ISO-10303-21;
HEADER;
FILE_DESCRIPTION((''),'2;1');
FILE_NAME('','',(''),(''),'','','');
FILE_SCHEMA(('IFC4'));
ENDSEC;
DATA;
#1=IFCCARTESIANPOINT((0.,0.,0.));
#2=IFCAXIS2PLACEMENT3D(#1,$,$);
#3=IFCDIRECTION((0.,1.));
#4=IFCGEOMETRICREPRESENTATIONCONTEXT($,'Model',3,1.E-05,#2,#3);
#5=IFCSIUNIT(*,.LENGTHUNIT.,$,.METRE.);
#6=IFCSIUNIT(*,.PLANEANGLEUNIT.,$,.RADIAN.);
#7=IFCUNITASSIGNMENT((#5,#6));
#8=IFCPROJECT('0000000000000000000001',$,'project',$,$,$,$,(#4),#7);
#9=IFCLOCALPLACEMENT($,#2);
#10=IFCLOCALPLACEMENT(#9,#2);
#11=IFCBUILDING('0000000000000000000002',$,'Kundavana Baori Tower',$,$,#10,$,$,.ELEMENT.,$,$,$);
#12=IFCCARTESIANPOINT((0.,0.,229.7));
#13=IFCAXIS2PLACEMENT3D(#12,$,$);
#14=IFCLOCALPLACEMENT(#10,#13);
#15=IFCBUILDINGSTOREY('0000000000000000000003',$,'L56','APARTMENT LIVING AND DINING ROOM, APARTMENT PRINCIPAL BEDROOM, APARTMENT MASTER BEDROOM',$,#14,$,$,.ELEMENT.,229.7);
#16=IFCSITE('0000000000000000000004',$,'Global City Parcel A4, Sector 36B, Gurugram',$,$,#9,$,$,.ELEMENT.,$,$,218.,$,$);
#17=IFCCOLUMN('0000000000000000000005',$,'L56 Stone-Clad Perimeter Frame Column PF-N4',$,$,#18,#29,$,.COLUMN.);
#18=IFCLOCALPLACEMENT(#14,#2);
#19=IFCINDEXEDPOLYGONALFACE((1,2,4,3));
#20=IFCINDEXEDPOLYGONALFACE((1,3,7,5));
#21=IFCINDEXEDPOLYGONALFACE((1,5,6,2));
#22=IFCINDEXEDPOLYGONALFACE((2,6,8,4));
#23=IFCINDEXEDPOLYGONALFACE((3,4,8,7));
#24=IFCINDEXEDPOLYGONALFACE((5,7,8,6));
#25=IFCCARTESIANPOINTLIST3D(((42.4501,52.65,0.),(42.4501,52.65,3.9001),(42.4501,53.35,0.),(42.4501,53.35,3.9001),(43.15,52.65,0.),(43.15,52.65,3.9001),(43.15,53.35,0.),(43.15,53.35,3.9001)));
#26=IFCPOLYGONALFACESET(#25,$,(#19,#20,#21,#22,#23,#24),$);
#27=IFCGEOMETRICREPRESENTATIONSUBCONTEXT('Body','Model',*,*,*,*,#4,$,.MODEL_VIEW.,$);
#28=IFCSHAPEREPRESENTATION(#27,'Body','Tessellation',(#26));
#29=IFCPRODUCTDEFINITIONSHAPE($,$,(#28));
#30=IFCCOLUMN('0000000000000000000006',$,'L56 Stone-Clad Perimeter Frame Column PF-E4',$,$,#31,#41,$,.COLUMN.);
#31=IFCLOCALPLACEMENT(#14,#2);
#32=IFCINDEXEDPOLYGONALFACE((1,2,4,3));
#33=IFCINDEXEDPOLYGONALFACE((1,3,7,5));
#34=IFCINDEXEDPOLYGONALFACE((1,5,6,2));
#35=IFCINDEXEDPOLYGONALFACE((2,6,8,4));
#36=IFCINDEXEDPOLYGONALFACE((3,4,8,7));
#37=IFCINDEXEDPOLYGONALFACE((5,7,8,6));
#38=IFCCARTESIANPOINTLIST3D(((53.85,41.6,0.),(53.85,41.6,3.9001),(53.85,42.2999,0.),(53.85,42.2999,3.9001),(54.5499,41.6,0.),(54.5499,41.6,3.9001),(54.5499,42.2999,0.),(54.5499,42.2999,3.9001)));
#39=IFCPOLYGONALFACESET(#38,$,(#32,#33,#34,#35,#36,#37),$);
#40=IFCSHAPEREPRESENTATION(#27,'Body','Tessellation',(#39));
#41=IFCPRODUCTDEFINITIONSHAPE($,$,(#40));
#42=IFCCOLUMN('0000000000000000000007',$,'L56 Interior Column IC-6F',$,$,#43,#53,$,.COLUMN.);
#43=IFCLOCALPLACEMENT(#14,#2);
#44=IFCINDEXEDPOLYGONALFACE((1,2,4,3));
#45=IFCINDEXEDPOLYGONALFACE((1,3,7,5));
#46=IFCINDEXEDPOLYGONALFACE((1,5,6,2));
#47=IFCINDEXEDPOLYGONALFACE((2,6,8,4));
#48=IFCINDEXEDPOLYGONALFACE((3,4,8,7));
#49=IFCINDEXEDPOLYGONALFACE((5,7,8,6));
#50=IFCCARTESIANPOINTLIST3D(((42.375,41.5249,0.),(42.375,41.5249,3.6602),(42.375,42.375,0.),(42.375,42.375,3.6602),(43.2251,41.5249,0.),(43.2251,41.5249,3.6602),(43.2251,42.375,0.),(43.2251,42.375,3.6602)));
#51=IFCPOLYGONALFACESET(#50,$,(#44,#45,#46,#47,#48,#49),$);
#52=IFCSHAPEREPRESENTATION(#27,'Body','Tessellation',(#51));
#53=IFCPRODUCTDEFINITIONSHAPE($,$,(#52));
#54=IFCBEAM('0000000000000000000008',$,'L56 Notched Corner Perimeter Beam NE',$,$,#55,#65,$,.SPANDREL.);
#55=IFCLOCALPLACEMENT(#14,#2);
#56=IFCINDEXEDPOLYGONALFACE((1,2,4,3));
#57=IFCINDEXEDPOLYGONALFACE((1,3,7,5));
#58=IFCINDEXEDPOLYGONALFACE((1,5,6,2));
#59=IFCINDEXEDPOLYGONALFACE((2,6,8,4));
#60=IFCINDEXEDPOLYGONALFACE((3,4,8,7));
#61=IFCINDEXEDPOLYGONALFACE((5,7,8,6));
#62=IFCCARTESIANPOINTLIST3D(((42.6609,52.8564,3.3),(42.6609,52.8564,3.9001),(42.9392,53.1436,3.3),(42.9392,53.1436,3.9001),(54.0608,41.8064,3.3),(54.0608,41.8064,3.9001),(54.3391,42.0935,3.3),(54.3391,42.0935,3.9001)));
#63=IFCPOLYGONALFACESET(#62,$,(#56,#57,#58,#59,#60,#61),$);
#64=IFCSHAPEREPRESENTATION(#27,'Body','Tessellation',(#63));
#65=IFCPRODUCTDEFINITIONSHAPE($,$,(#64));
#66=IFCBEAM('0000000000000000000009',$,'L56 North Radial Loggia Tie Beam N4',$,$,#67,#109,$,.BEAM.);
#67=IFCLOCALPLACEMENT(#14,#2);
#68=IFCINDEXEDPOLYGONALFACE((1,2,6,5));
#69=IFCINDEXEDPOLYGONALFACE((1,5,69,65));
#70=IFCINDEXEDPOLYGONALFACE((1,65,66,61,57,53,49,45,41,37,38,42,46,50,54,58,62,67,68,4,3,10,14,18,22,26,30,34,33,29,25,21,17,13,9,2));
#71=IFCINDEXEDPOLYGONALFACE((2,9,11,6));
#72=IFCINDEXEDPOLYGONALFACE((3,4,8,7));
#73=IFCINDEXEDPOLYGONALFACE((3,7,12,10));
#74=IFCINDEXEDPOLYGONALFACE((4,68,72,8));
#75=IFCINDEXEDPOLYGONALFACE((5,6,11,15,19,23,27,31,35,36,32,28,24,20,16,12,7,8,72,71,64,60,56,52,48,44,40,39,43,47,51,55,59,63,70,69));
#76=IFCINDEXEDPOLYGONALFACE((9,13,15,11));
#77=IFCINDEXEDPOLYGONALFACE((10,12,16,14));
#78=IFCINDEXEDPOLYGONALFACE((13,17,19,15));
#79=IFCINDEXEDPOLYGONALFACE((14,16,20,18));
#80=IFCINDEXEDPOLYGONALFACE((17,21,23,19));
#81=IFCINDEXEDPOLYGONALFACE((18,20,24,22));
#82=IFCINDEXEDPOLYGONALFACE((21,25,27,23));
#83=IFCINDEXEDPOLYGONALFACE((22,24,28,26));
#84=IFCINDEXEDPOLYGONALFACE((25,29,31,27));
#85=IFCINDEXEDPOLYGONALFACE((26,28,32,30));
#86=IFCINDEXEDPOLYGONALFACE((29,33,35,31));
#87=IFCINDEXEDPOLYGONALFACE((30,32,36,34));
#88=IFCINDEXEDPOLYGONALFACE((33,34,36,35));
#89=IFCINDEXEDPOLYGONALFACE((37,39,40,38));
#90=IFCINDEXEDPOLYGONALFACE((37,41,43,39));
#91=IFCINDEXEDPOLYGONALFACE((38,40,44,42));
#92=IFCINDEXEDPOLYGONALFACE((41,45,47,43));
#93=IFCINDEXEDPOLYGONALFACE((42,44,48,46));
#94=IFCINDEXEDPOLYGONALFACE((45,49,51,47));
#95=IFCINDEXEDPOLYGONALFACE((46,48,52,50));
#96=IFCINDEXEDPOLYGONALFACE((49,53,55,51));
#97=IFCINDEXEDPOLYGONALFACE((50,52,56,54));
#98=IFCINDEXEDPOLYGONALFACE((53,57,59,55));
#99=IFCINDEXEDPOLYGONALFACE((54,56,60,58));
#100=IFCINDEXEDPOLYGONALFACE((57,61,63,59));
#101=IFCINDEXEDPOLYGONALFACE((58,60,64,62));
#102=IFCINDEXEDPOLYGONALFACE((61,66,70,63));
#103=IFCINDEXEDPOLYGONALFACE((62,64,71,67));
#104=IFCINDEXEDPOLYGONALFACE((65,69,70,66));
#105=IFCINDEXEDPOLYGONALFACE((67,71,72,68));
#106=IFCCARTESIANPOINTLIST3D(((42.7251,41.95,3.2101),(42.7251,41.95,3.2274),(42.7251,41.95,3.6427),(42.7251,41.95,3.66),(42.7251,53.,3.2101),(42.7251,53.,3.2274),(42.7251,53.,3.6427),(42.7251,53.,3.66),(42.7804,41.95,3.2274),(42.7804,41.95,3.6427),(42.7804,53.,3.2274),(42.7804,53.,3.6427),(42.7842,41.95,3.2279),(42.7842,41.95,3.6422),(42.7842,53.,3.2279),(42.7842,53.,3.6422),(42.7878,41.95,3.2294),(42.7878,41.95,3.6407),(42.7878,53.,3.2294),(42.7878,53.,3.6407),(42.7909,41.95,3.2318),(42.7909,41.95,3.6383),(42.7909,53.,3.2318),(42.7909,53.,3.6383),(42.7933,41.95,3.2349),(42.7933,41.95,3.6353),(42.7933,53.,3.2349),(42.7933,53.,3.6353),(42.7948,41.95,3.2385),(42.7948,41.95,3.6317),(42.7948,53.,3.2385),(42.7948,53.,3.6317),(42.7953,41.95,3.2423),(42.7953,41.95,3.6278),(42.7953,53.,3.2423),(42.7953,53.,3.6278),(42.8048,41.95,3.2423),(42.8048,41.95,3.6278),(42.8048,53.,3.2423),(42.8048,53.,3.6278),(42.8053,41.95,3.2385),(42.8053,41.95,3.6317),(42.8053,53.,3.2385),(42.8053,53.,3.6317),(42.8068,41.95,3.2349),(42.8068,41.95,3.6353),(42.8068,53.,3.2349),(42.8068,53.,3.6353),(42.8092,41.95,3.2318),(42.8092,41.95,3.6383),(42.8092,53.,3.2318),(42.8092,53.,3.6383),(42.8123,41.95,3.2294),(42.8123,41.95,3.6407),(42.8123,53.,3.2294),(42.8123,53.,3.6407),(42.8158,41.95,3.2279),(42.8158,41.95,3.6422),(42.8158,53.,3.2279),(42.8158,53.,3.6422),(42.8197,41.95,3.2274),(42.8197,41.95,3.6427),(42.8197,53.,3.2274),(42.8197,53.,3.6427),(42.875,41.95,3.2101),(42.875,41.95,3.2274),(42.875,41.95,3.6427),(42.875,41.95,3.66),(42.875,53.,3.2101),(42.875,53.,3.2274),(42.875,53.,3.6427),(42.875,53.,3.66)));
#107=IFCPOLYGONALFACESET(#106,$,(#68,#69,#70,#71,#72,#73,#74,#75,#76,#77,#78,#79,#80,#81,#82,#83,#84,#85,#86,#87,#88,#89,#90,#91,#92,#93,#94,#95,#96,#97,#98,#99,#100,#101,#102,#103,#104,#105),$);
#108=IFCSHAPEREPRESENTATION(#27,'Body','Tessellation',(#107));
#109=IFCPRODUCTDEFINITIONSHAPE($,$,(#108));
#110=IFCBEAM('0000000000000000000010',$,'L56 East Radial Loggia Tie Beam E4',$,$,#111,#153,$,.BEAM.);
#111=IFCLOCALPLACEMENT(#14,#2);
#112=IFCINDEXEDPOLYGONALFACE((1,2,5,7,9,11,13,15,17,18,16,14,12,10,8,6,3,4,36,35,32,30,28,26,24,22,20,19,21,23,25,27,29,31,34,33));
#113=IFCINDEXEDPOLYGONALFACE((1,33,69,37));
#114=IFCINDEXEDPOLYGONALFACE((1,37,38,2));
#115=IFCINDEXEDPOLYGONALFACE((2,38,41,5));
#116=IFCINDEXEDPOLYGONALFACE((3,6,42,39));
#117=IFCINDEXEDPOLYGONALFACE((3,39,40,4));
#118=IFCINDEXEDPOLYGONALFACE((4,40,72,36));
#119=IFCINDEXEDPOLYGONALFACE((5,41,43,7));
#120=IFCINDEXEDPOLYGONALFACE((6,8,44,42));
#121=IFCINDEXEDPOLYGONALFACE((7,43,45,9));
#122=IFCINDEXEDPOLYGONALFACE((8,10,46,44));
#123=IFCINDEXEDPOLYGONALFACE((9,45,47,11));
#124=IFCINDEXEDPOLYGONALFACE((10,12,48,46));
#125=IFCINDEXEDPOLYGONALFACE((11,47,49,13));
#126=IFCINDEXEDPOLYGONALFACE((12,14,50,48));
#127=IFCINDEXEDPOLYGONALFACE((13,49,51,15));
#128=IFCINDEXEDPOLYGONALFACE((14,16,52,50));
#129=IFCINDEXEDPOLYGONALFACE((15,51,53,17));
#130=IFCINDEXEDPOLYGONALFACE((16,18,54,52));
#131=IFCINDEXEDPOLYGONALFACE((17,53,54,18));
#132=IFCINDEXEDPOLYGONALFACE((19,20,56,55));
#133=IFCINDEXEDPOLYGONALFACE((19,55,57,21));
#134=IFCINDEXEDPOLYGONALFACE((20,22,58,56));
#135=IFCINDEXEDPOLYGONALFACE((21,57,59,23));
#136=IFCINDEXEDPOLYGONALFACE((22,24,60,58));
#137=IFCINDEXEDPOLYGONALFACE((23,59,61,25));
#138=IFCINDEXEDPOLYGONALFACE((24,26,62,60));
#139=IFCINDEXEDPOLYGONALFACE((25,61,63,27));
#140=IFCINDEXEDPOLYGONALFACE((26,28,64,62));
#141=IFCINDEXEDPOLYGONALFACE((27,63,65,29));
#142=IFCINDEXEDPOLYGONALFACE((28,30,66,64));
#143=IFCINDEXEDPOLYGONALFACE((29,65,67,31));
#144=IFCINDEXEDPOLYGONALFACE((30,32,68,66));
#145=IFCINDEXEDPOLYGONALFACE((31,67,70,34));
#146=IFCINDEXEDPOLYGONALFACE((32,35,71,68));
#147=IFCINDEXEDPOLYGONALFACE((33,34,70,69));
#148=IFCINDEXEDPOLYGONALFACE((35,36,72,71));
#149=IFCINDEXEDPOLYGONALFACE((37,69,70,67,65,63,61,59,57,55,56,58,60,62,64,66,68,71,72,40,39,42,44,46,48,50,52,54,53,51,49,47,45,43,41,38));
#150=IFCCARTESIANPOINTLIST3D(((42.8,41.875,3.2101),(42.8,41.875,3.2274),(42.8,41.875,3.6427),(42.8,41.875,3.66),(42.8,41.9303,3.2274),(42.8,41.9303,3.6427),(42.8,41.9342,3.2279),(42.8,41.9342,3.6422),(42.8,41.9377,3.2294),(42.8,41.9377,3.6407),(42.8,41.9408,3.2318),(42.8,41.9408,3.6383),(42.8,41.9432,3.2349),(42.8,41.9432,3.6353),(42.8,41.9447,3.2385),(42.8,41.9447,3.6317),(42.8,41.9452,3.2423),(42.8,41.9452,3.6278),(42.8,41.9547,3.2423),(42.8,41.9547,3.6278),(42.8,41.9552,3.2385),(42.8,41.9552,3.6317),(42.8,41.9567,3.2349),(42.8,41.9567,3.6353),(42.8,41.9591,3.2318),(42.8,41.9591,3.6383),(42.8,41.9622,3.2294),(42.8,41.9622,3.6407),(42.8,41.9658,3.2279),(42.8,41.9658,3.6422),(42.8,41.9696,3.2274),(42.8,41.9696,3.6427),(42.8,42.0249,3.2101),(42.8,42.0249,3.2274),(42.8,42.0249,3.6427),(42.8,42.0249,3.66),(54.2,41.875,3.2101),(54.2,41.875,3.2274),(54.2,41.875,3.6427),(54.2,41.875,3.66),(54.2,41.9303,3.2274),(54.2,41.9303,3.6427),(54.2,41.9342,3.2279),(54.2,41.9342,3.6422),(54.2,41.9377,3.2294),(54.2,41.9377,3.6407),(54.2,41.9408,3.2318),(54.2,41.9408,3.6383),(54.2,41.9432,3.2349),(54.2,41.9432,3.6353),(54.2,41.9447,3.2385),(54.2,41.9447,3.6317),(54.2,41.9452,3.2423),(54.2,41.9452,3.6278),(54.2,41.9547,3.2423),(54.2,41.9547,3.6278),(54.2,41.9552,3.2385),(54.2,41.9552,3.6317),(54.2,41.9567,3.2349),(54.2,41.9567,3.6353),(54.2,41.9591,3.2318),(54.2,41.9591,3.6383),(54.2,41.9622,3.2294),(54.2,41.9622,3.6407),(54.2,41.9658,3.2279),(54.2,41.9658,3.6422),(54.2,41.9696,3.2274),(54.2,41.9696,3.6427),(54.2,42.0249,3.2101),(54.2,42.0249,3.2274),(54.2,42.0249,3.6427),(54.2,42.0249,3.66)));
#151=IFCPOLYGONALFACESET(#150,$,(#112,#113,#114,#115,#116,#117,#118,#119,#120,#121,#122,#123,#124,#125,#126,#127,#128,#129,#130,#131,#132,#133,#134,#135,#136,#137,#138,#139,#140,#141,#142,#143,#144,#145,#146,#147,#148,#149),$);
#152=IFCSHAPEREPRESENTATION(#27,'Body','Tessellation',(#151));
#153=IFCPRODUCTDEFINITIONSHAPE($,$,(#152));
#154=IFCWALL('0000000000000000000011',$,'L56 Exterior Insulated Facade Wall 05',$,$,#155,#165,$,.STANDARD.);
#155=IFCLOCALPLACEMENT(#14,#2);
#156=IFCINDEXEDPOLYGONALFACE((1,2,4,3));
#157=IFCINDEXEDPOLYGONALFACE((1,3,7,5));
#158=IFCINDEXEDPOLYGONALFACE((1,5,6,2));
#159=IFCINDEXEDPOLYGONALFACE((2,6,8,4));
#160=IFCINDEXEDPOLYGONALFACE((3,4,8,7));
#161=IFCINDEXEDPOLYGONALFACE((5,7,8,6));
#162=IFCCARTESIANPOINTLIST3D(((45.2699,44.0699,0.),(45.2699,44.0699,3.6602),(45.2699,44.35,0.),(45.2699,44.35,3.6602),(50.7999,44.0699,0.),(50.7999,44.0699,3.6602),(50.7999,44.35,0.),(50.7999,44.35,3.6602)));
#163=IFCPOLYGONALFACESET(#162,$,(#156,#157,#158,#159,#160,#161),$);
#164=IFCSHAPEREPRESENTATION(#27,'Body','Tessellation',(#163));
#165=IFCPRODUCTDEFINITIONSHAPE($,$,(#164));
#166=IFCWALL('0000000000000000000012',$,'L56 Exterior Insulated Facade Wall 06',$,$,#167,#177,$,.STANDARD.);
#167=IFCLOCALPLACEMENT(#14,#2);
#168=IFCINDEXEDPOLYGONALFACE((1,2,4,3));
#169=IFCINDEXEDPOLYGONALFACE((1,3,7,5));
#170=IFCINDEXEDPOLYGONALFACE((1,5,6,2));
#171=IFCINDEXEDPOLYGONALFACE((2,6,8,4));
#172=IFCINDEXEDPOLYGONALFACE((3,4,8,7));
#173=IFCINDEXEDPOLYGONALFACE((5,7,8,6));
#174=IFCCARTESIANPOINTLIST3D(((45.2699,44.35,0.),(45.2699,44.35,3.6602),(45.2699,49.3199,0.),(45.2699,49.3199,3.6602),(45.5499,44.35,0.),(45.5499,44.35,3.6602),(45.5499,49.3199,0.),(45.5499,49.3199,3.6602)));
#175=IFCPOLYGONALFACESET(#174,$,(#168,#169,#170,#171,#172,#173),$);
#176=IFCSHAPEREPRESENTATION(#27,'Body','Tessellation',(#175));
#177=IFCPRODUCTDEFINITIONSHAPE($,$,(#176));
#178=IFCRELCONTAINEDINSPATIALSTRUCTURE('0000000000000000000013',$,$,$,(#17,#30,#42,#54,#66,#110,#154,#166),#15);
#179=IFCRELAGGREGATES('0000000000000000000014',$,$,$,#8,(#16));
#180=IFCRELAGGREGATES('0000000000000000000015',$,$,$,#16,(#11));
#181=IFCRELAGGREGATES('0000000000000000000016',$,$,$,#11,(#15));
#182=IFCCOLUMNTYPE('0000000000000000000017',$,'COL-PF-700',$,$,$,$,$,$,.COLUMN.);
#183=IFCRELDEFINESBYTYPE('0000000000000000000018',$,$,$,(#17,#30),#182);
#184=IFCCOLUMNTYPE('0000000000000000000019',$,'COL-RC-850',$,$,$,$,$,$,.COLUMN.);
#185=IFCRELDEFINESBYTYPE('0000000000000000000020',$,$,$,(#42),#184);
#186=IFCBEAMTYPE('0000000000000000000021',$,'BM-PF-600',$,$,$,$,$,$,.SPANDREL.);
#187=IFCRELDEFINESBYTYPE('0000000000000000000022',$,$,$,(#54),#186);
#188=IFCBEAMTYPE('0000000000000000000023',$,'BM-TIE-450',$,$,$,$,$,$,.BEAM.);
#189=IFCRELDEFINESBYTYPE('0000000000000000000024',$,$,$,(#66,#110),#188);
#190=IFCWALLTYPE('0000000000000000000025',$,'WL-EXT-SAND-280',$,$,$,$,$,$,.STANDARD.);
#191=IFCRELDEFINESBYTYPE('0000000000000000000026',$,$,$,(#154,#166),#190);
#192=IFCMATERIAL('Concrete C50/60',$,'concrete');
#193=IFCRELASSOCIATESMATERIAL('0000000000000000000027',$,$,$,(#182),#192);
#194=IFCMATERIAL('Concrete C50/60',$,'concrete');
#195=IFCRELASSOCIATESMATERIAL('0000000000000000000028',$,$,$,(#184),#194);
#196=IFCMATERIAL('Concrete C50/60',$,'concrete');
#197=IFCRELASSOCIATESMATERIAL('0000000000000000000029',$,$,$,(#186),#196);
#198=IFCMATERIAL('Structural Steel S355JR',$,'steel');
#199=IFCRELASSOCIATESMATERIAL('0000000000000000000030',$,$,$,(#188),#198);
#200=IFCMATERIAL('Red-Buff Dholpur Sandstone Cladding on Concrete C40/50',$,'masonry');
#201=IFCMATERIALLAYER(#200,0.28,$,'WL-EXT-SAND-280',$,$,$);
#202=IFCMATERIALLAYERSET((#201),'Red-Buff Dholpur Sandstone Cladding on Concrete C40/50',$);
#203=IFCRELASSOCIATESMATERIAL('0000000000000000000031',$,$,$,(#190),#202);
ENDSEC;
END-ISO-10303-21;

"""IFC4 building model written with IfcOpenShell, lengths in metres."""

from ifc_helpers import new_model, si_unit, direction, frame, frame_2d, origin, origin_2d, place, context, subcontext, project, spatial, rectangle, i_section, extrude, material, layer, layer_set, material_profile, profile_set, type_object, element, save


model = new_model("IFC4")

# Units and contexts
model_context = context("Model", 3, precision=1e-05, world=origin(), true_north=direction((0.0, 1.0)))
body_context = subcontext(model_context, "Body", "Model", "MODEL_VIEW")
ifc_project = project(units=[si_unit("LENGTHUNIT", "METRE"), si_unit("PLANEANGLEUNIT", "RADIAN")], contexts=[model_context])

# Site, building, storey
site_placement = place(None, origin())
site = spatial("IfcSite", under=ifc_project, at=site_placement, Name="Global City Parcel A4, Sector 36B, Gurugram", CompositionType="ELEMENT", RefElevation=218.0)
building_placement = place(site_placement, origin())
building = spatial("IfcBuilding", under=site, at=building_placement, Name="Kundavana Baori Tower", CompositionType="ELEMENT")
storey_placement = place(building_placement, frame((0.0, 0.0, 229.7)))
storey = spatial("IfcBuildingStorey", under=building, at=storey_placement, Name="L56", Description="APARTMENT LIVING AND DINING ROOM, APARTMENT PRINCIPAL BEDROOM, APARTMENT MASTER BEDROOM", CompositionType="ELEMENT", Elevation=229.7)

# Columns
ifc_material_1 = material(Name="Concrete C50/60", Category="concrete")
ifc_material_profile_1 = material_profile(ifc_material_1, rectangle(XDim=0.7, YDim=0.7, at=origin_2d()), Name="RC PF 700x700")
ifc_profile_set_1 = profile_set([ifc_material_profile_1], Name="Concrete C50/60")
column_type_1 = type_object("IfcColumnType", Name="COL-PF-700", PredefinedType="COLUMN", material=ifc_profile_set_1)
for number, where, z_axis, x_axis, name in (
    (1, (42.8, 53.0, 0.0), (0.0, 0.0, 1.0), (1.0, 0.0, 0.0), "L56 Stone-Clad Perimeter Frame Column PF-N4"),
    (2, (54.2, 41.95, 0.0), (0.0, 0.0, 1.0), (1.0, 0.0, 0.0), "L56 Stone-Clad Perimeter Frame Column PF-E4"),
):
    element("IfcColumn", number, at=place(storey_placement, frame(where, z_axis=z_axis, x_axis=x_axis)), inside=storey, type_object=column_type_1, Name=name, PredefinedType="COLUMN", context=body_context, shape_type="SweptSolid", body=[
        extrude(rectangle(XDim=0.7, YDim=0.7, at=origin_2d()), origin(), (0.0, 0.0, 1.0), 3.9001),
    ])
ifc_material_2 = material(Name="Concrete C50/60", Category="concrete")
ifc_material_profile_2 = material_profile(ifc_material_2, rectangle(XDim=0.8501, YDim=0.8501, at=origin_2d()), Name="RC 850x850")
ifc_profile_set_2 = profile_set([ifc_material_profile_2], Name="Concrete C50/60")
column_type_2 = type_object("IfcColumnType", Name="COL-RC-850", PredefinedType="COLUMN", material=ifc_profile_set_2)
column_placement = place(storey_placement, frame((42.8, 41.95, 0.0), z_axis=(0.0, 0.0, 1.0), x_axis=(1.0, 0.0, 0.0)))
element("IfcColumn", 3, at=column_placement, inside=storey, type_object=column_type_2, Name="L56 Interior Column IC-6F", PredefinedType="COLUMN", context=body_context, shape_type="SweptSolid", body=[
    extrude(rectangle(XDim=0.8501, YDim=0.8501, at=origin_2d()), origin(), (0.0, 0.0, 1.0), 3.6602),
])

# Beams
ifc_material_3 = material(Name="Concrete C50/60", Category="concrete")
ifc_material_profile_3 = material_profile(ifc_material_3, rectangle(XDim=0.3999, YDim=0.6001, at=origin_2d()), Name="RC BM 400x600")
ifc_profile_set_3 = profile_set([ifc_material_profile_3], Name="Concrete C50/60")
beam_type_1 = type_object("IfcBeamType", Name="BM-PF-600", PredefinedType="SPANDREL", material=ifc_profile_set_3)
beam_1_placement = place(storey_placement, frame((42.8, 53.0, 3.6001), z_axis=(0.718039, -0.696003, 0.0), x_axis=(0.696003, 0.718039, 0.0)))
element("IfcBeam", 4, at=beam_1_placement, inside=storey, type_object=beam_type_1, Name="L56 Notched Corner Perimeter Beam NE", PredefinedType="SPANDREL", context=body_context, shape_type="SweptSolid", body=[
    extrude(rectangle(XDim=0.3999, YDim=0.6001, at=origin_2d()), origin(), (0.0, 0.0, 1.0), 15.8765),
])
ifc_material_4 = material(Name="Structural Steel S355JR", Category="steel")
ifc_material_profile_4 = material_profile(ifc_material_4, i_section(OverallWidth=0.1499, OverallDepth=0.45, WebThickness=0.0095, FlangeThickness=0.0173, FilletRadius=0.0149, at=origin_2d()), Name="ISMB 450")
ifc_profile_set_4 = profile_set([ifc_material_profile_4], Name="Structural Steel S355JR")
beam_type_2 = type_object("IfcBeamType", Name="BM-TIE-450", PredefinedType="BEAM", material=ifc_profile_set_4)
beam_2_placement = place(storey_placement, frame((42.8, 41.95, 3.4351), z_axis=(0.0, 1.0, 0.0), x_axis=(-1.0, 0.0, 0.0)))
element("IfcBeam", 5, at=beam_2_placement, inside=storey, type_object=beam_type_2, Name="L56 North Radial Loggia Tie Beam N4", PredefinedType="BEAM", context=body_context, shape_type="SweptSolid", body=[
    extrude(i_section(OverallWidth=0.1499, OverallDepth=0.45, WebThickness=0.0095, FlangeThickness=0.0173, FilletRadius=0.0149, at=origin_2d()), origin(), (0.0, 0.0, 1.0), 11.05),
])
beam_3_placement = place(storey_placement, frame((42.8, 41.95, 3.4351), z_axis=(1.0, 0.0, 0.0), x_axis=(0.0, 1.0, 0.0)))
element("IfcBeam", 6, at=beam_3_placement, inside=storey, type_object=beam_type_2, Name="L56 East Radial Loggia Tie Beam E4", PredefinedType="BEAM", context=body_context, shape_type="SweptSolid", body=[
    extrude(i_section(OverallWidth=0.1499, OverallDepth=0.45, WebThickness=0.0095, FlangeThickness=0.0173, FilletRadius=0.0149, at=origin_2d()), origin(), (0.0, 0.0, 1.0), 11.3999),
])

# Walls
ifc_material_5 = material(Name="Red-Buff Dholpur Sandstone Cladding on Concrete C40/50", Category="masonry")
ifc_layer_1 = layer(ifc_material_5, 0.28, Name="WL-EXT-SAND-280")
ifc_layer_set_1 = layer_set([ifc_layer_1], Name="Red-Buff Dholpur Sandstone Cladding on Concrete C40/50")
wall_type_1 = type_object("IfcWallType", Name="WL-EXT-SAND-280", PredefinedType="STANDARD", material=ifc_layer_set_1)
wall_1_placement = place(storey_placement, frame((50.8, 44.21, 0.0), z_axis=(0.0, 0.0, 1.0), x_axis=(-1.0, 0.0, 0.0)))
element("IfcWall", 7, at=wall_1_placement, inside=storey, type_object=wall_type_1, Name="L56 Exterior Insulated Facade Wall 05", PredefinedType="STANDARD", context=body_context, shape_type="SweptSolid", body=[
    extrude(rectangle(XDim=5.53, YDim=0.28, at=frame_2d((2.7651, 0.0))), origin(), (0.0, 0.0, 1.0), 3.6602),
])
wall_2_placement = place(storey_placement, frame((45.4099, 44.3501, 0.0), z_axis=(0.0, 0.0, 1.0), x_axis=(0.0, 1.0, 0.0)))
element("IfcWall", 8, at=wall_2_placement, inside=storey, type_object=wall_type_1, Name="L56 Exterior Insulated Facade Wall 06", PredefinedType="STANDARD", context=body_context, shape_type="SweptSolid", body=[
    extrude(rectangle(XDim=4.97, YDim=0.28, at=frame_2d((2.4849, 0.0))), origin(), (0.0, 0.0, 1.0), 3.6602),
])

save(model, "model.ifc")
